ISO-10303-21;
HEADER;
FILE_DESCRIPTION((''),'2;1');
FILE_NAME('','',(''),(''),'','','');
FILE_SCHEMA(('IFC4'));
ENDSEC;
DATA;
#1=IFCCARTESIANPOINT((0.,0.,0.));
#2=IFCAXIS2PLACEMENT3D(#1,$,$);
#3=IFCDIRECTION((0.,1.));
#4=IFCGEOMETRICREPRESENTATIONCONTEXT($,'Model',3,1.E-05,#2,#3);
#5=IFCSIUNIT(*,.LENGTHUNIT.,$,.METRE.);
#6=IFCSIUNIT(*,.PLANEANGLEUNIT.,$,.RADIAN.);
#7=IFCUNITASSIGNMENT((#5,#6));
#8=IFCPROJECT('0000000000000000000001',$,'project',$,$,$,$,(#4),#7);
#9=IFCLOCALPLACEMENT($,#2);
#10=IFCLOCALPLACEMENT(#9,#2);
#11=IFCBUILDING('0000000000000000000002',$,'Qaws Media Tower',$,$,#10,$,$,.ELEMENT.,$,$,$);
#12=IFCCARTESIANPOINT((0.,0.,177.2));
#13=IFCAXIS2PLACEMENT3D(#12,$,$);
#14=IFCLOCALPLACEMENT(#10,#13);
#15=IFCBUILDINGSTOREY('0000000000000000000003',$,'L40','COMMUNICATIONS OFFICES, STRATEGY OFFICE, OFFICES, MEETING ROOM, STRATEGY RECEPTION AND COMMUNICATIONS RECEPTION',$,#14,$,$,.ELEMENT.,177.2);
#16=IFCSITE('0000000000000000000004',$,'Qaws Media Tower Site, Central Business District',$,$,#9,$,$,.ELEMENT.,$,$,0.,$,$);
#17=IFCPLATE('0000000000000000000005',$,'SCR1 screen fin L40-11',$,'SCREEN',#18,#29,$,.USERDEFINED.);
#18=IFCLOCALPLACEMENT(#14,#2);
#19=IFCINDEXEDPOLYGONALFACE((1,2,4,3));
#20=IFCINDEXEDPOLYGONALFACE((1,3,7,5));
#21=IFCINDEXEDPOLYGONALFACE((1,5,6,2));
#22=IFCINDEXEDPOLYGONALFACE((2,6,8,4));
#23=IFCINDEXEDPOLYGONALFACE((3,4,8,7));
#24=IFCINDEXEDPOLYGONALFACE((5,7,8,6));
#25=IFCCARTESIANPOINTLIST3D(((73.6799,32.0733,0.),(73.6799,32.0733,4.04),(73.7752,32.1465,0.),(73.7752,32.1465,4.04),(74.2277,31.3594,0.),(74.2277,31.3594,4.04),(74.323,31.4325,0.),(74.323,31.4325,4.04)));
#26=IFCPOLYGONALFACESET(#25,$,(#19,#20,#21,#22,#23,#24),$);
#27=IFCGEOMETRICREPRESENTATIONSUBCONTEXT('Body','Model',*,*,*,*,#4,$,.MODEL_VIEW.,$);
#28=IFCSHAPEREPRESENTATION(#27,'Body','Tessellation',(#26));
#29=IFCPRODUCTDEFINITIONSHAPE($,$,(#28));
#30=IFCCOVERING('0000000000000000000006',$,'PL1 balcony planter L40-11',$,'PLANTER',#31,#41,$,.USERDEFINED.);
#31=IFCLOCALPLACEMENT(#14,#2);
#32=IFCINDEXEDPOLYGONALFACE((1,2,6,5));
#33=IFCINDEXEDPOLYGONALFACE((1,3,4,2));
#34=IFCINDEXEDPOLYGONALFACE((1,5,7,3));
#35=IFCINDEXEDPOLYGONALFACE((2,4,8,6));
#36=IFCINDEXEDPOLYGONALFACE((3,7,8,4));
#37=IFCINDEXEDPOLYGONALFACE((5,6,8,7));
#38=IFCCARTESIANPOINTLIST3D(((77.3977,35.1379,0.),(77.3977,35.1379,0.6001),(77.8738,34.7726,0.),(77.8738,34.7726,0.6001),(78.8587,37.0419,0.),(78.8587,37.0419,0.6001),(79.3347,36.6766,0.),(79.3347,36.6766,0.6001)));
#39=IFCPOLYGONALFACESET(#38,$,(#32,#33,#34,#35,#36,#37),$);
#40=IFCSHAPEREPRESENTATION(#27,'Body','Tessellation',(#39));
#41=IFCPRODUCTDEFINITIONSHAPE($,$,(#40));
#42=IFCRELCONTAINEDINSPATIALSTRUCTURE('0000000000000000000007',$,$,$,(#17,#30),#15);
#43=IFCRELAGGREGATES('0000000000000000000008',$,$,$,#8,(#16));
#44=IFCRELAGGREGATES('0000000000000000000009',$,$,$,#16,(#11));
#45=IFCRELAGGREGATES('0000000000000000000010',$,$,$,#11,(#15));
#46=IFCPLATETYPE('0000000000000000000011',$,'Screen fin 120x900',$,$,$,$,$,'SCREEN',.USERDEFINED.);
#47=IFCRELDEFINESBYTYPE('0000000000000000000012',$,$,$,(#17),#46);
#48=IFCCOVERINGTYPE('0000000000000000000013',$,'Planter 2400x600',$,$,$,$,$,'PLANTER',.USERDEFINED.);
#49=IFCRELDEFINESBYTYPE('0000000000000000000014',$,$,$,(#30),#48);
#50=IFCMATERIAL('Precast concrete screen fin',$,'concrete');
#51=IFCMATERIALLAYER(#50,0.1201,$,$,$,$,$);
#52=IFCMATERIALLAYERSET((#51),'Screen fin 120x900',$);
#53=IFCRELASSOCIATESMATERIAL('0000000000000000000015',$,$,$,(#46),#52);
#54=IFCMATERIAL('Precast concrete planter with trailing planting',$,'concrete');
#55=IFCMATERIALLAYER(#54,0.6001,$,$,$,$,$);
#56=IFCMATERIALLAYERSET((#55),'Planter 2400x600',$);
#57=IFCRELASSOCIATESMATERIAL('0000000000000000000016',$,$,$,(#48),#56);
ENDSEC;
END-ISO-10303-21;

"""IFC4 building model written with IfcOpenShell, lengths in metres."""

from ifc_helpers import new_model, si_unit, direction, frame, origin, origin_2d, place, context, subcontext, project, spatial, rectangle, extrude, material, layer, layer_set, type_object, element, save


model = new_model("IFC4")

# Units and contexts
model_context = context("Model", 3, precision=1e-05, world=origin(), true_north=direction((0.0, 1.0)))
body_context = subcontext(model_context, "Body", "Model", "MODEL_VIEW")
ifc_project = project(units=[si_unit("LENGTHUNIT", "METRE"), si_unit("PLANEANGLEUNIT", "RADIAN")], contexts=[model_context])

# Site, building, storey
site_placement = place(None, origin())
site = spatial("IfcSite", under=ifc_project, at=site_placement, Name="Qaws Media Tower Site, Central Business District", CompositionType="ELEMENT", RefElevation=0.0)
building_placement = place(site_placement, origin())
building = spatial("IfcBuilding", under=site, at=building_placement, Name="Qaws Media Tower", CompositionType="ELEMENT")
storey_placement = place(building_placement, frame((0.0, 0.0, 177.2)))
storey = spatial("IfcBuildingStorey", under=building, at=storey_placement, Name="L40", Description="COMMUNICATIONS OFFICES, STRATEGY OFFICE, OFFICES, MEETING ROOM, STRATEGY RECEPTION AND COMMUNICATIONS RECEPTION", CompositionType="ELEMENT", Elevation=177.2)

# Plate
ifc_material_1 = material(Name="Precast concrete screen fin", Category="concrete")
ifc_layer_1 = layer(ifc_material_1, 0.1201)
ifc_layer_set_1 = layer_set([ifc_layer_1], Name="Screen fin 120x900")
plate_type_1 = type_object("IfcPlateType", Name="Screen fin 120x900", ElementType="SCREEN", PredefinedType="USERDEFINED", material=ifc_layer_set_1)
plate_1_placement = place(storey_placement, frame((74.0015, 31.7529, 0.0), z_axis=(0.0, 0.0, 1.0), x_axis=(0.608761, -0.793353, 0.0)))
element("IfcPlate", 1, at=plate_1_placement, inside=storey, type_object=plate_type_1, Name="SCR1 screen fin L40-11", ObjectType="SCREEN", PredefinedType="USERDEFINED", context=body_context, shape_type="SweptSolid", body=[
    extrude(rectangle(XDim=0.8999, YDim=0.1201, at=origin_2d()), origin(), (0.0, 0.0, 1.0), 4.04),
])

# Covering
ifc_material_2 = material(Name="Precast concrete planter with trailing planting", Category="concrete")
ifc_layer_2 = layer(ifc_material_2, 0.6001)
ifc_layer_set_2 = layer_set([ifc_layer_2], Name="Planter 2400x600")
covering_type = type_object("IfcCoveringType", Name="Planter 2400x600", ElementType="PLANTER", PredefinedType="USERDEFINED", material=ifc_layer_set_2)
covering_placement = place(storey_placement, frame((78.3662, 35.9072, 0.0), z_axis=(0.0, 0.0, 1.0), x_axis=(0.608761, 0.793353, 0.0)))
element("IfcCovering", 2, at=covering_placement, inside=storey, type_object=covering_type, Name="PL1 balcony planter L40-11", ObjectType="PLANTER", PredefinedType="USERDEFINED", context=body_context, shape_type="SweptSolid", body=[
    extrude(rectangle(XDim=2.3999, YDim=0.6001, at=origin_2d()), origin(), (0.0, 0.0, 1.0), 0.6001),
])

save(model, "model.ifc")
